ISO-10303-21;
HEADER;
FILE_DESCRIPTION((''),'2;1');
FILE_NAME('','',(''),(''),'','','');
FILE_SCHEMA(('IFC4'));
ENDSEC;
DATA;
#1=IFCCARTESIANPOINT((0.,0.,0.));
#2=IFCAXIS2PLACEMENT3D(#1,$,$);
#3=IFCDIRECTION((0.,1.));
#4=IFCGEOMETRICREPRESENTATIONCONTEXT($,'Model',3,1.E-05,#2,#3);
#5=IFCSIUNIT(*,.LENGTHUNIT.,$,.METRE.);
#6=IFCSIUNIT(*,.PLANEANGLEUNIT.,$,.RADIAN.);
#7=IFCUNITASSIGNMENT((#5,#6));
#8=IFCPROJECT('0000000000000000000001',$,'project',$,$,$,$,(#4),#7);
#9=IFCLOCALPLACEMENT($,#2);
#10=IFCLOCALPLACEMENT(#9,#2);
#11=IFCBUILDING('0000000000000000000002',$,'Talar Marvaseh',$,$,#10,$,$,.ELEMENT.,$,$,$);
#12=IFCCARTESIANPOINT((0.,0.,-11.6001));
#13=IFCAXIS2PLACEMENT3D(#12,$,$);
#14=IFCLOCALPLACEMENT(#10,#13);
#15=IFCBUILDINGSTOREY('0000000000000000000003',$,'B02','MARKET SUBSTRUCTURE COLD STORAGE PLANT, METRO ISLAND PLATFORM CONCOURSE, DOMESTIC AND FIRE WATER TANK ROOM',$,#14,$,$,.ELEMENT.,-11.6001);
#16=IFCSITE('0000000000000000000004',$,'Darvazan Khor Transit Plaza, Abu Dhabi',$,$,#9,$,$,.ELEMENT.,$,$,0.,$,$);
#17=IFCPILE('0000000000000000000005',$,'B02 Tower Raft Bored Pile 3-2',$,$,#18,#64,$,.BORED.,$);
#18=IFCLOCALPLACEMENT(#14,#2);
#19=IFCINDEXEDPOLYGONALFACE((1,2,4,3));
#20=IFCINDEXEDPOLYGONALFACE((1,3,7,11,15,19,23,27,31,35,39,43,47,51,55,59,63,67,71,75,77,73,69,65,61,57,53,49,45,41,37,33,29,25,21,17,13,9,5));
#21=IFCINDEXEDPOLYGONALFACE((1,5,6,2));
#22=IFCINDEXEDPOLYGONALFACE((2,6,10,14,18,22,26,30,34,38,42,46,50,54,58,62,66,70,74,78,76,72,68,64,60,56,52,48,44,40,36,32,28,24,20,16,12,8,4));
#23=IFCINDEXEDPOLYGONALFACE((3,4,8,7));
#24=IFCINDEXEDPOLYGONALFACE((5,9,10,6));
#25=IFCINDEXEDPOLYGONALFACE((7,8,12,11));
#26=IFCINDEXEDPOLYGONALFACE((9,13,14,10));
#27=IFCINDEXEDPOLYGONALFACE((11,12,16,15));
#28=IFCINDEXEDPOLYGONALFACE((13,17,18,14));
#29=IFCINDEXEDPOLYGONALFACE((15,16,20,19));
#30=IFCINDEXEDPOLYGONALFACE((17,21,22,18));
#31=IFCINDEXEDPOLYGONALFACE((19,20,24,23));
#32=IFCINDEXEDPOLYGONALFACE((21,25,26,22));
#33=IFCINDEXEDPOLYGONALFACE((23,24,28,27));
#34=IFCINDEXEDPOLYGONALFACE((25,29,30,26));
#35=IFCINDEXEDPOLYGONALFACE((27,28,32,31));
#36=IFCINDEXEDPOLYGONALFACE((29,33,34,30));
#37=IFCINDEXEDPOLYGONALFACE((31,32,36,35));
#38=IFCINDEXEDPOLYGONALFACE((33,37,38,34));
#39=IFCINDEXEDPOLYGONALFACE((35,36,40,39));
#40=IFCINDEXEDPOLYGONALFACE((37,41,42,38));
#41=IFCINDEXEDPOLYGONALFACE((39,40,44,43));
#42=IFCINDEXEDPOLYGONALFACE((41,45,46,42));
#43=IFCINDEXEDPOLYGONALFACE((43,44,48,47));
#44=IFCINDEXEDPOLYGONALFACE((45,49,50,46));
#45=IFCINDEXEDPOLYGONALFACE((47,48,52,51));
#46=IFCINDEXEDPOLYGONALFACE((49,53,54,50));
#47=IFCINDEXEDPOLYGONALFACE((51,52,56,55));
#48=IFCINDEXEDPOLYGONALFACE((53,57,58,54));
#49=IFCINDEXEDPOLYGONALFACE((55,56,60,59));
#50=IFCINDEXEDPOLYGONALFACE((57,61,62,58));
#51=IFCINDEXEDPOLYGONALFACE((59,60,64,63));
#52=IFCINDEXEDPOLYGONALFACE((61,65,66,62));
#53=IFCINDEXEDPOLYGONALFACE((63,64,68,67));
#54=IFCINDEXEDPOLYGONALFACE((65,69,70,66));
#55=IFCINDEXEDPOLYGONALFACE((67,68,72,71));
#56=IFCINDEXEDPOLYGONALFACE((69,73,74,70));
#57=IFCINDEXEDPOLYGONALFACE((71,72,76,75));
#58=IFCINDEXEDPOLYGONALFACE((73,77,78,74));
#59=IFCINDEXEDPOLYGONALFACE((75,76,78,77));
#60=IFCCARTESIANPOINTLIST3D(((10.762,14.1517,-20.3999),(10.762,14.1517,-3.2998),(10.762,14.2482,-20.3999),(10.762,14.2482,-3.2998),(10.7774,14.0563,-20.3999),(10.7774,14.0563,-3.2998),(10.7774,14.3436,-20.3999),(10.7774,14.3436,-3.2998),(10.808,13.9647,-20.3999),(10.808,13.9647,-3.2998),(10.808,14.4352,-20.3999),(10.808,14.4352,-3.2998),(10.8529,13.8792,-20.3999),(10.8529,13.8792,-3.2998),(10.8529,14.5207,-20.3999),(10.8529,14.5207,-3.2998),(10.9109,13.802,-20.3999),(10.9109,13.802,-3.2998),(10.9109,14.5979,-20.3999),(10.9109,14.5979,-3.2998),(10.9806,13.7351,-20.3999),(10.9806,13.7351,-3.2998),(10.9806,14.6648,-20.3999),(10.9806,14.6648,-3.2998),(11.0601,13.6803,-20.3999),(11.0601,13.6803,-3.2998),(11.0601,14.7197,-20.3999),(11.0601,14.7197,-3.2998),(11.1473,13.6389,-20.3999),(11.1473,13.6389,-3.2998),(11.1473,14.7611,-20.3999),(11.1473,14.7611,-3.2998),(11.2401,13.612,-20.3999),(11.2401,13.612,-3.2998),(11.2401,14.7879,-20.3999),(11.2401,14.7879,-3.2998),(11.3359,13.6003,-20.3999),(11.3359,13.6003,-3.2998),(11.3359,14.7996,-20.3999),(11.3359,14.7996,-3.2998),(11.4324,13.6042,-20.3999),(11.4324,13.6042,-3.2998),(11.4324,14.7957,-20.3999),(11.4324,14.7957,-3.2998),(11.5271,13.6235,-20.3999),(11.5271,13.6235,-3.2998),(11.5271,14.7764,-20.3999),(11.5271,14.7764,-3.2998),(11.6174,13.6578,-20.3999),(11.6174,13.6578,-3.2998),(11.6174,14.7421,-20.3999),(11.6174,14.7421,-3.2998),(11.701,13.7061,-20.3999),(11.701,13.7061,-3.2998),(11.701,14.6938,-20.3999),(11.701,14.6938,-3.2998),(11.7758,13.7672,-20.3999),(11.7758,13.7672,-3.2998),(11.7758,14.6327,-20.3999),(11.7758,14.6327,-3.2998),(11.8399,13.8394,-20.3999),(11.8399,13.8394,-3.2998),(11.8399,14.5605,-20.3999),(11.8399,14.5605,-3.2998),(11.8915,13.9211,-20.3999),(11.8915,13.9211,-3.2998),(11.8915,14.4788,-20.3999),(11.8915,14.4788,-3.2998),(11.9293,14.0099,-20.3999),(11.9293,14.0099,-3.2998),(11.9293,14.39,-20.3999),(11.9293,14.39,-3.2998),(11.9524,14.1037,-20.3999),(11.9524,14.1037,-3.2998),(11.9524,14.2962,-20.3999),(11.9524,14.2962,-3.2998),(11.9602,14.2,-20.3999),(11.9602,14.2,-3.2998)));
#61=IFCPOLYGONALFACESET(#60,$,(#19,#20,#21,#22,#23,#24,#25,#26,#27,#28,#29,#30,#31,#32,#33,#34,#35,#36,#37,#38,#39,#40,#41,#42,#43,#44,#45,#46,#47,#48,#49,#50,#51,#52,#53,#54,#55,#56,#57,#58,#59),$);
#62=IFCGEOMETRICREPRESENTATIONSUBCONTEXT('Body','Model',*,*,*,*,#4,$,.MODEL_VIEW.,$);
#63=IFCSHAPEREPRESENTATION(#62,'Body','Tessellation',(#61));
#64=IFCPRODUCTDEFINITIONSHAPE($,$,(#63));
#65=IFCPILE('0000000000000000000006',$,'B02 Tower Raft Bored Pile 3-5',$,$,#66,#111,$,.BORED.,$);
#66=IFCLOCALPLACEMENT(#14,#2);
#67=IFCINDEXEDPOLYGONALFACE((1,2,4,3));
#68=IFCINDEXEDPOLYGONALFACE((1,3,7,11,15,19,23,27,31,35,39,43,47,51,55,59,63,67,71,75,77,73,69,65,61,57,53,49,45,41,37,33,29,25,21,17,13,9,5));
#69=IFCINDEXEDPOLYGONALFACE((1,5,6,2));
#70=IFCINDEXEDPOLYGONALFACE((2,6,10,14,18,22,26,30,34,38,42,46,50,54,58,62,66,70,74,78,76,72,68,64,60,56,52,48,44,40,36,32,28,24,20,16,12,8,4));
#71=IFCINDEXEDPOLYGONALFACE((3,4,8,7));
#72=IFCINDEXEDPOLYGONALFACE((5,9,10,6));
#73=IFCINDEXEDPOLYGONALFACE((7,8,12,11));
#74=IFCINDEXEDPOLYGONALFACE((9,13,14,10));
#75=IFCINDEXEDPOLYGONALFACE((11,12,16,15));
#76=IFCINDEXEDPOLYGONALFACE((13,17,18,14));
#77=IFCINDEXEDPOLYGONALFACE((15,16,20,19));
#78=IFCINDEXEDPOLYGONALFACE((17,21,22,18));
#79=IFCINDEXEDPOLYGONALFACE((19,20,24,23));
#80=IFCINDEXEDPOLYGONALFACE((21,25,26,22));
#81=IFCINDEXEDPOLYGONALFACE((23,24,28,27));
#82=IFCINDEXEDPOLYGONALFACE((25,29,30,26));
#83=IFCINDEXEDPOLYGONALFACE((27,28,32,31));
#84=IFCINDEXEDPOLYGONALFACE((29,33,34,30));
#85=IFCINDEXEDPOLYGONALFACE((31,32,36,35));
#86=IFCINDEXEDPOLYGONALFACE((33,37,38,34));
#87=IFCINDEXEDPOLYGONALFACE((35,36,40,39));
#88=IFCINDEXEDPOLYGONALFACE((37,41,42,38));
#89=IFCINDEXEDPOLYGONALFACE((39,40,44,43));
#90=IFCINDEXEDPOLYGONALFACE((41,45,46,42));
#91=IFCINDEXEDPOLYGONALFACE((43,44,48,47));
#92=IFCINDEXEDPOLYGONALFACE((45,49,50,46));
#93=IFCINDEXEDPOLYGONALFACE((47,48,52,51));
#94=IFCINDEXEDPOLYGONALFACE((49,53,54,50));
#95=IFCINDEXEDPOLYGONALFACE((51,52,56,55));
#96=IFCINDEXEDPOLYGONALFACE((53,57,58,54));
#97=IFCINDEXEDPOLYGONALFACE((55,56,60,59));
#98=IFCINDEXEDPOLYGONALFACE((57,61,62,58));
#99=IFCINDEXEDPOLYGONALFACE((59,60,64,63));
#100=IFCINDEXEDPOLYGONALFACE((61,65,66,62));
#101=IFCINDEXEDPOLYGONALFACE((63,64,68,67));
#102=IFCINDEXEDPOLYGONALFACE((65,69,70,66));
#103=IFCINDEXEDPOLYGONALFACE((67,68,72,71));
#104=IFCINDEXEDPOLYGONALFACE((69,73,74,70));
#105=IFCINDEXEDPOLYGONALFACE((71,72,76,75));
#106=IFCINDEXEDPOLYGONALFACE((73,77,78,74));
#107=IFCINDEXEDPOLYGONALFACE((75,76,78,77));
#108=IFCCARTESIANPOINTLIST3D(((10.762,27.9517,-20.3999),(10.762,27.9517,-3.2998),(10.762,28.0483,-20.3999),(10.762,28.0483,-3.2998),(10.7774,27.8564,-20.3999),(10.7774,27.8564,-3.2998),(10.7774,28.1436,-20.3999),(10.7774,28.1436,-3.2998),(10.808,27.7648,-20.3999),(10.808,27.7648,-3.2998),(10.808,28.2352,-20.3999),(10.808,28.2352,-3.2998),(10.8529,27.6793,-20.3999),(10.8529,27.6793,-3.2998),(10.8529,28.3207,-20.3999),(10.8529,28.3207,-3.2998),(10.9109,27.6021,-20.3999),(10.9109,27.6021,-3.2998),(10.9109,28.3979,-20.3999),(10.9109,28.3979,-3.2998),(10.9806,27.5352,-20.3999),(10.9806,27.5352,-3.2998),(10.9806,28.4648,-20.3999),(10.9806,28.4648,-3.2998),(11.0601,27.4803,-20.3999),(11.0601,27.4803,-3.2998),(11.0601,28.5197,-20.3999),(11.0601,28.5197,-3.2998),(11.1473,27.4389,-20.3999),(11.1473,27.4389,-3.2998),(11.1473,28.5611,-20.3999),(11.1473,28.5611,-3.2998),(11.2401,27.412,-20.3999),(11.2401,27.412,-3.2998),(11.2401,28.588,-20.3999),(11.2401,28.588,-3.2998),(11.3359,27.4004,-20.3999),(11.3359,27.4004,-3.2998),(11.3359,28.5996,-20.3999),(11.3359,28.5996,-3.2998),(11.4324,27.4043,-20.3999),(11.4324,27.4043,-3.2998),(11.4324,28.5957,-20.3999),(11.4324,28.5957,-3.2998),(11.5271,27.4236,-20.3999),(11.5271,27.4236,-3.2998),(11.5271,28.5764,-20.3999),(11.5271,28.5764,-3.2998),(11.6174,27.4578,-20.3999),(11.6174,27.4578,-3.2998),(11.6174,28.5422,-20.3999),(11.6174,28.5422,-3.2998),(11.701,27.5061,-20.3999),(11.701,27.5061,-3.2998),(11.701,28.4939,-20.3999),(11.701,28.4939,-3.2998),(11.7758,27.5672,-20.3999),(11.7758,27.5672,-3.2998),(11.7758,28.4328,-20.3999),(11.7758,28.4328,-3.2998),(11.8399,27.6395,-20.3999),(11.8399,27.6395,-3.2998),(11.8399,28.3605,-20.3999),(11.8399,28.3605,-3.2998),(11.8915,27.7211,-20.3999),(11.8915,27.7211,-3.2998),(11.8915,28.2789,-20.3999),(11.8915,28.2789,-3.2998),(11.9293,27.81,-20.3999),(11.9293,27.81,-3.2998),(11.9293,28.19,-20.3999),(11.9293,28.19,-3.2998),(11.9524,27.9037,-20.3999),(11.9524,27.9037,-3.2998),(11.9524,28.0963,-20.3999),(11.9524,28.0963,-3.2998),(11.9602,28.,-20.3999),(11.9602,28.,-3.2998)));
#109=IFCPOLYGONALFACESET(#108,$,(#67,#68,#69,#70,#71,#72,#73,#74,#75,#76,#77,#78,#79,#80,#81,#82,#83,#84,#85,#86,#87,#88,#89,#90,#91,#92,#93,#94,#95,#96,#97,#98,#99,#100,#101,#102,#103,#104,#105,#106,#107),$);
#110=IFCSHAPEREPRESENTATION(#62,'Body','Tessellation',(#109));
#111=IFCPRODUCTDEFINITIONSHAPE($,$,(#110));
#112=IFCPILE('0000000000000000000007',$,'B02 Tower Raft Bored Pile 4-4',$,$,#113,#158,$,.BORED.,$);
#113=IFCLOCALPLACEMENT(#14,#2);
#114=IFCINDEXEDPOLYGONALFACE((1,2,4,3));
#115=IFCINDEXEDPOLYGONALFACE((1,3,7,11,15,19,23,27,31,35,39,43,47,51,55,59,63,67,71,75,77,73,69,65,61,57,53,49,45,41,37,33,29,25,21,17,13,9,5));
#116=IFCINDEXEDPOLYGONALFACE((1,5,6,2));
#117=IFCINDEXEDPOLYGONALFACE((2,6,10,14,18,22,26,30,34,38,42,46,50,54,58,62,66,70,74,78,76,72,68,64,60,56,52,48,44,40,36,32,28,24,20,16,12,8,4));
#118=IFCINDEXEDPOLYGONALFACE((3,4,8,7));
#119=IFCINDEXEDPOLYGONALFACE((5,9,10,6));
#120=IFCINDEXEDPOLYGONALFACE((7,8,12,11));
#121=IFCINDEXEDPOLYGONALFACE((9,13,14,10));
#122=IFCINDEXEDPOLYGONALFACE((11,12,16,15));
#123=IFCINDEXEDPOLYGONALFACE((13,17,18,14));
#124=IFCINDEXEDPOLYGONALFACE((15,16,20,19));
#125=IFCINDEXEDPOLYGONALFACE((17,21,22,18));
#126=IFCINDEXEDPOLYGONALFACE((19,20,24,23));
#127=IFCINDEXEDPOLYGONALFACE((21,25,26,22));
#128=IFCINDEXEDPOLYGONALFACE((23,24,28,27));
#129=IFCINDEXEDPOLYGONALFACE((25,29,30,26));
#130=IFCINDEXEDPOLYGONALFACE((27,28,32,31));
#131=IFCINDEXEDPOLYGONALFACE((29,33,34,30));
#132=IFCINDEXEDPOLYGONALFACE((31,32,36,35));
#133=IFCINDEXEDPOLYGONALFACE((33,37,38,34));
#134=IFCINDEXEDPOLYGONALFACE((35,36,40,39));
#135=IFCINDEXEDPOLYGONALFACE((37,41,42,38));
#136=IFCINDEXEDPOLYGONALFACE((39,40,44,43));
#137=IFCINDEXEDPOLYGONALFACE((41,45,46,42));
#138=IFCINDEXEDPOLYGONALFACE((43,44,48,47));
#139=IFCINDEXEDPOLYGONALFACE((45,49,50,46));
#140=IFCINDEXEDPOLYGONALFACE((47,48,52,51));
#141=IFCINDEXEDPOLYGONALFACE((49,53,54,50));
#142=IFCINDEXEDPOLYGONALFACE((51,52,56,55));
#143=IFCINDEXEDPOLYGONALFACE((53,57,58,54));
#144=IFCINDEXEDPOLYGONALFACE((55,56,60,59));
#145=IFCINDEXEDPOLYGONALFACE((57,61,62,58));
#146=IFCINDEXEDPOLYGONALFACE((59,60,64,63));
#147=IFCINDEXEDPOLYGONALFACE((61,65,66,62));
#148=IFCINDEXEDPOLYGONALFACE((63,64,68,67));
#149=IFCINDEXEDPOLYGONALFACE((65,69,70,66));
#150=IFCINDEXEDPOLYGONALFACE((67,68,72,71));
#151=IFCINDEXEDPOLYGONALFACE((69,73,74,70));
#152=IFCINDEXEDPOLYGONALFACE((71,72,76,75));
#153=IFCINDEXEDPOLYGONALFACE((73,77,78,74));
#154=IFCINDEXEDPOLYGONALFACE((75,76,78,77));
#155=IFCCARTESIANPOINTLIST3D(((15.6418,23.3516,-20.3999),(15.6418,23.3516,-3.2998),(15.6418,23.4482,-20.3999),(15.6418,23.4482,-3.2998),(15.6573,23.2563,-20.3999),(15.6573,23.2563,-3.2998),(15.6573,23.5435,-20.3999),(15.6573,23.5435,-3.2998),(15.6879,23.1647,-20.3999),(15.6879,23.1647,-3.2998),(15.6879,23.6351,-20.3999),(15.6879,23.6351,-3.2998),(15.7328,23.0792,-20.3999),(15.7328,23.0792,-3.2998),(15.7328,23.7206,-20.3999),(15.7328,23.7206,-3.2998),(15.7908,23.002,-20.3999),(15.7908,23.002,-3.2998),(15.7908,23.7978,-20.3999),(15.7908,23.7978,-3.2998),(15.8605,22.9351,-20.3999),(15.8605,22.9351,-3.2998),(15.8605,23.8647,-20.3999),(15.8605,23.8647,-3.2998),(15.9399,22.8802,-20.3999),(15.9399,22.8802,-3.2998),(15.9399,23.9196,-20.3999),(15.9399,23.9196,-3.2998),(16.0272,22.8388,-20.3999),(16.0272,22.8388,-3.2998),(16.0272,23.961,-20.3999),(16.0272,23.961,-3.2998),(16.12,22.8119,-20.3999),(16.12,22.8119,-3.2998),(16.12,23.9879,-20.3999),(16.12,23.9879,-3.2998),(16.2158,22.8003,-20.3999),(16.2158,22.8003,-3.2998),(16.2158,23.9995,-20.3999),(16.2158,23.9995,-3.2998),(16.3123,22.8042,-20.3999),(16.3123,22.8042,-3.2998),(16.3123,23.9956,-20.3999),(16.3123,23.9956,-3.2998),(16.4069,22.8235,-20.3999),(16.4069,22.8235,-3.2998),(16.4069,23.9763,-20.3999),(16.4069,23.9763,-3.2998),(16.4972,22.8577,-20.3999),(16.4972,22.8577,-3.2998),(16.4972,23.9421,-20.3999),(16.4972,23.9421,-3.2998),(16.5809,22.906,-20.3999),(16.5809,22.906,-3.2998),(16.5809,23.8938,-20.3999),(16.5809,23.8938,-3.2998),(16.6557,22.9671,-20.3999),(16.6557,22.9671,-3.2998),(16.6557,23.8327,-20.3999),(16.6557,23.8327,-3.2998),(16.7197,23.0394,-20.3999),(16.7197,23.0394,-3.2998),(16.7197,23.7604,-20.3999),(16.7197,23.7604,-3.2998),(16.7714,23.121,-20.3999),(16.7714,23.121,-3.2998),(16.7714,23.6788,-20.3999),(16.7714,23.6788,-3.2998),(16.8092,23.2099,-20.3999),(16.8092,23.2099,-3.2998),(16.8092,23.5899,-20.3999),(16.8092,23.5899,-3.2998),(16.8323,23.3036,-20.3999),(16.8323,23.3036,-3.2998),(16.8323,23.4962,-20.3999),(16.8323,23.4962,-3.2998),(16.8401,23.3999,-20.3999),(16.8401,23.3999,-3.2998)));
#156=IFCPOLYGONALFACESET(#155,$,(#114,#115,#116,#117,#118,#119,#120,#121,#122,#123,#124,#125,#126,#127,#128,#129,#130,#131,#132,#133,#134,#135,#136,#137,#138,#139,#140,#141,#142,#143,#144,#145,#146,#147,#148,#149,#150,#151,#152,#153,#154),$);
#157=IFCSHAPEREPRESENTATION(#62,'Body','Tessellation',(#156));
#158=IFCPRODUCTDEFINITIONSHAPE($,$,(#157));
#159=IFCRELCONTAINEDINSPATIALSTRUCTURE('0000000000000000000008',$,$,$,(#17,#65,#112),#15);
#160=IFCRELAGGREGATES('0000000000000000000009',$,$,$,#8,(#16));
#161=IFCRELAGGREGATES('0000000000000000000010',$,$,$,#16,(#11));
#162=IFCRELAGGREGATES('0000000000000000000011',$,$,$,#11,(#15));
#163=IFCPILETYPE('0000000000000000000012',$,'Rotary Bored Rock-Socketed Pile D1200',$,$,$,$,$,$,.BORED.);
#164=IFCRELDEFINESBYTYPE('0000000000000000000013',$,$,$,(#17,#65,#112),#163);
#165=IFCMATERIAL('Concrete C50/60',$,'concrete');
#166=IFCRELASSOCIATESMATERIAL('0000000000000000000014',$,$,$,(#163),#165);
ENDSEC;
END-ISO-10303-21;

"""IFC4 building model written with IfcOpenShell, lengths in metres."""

from ifc_helpers import new_model, si_unit, direction, frame, origin, origin_2d, place, context, subcontext, project, spatial, circle, extrude, source, transform, mapped, material, material_profile, profile_set, type_object, type_shapes, element, save


model = new_model("IFC4")

# Units and contexts
model_context = context("Model", 3, precision=1e-05, world=origin(), true_north=direction((0.0, 1.0)))
body_context = subcontext(model_context, "Body", "Model", "MODEL_VIEW")
ifc_project = project(units=[si_unit("LENGTHUNIT", "METRE"), si_unit("PLANEANGLEUNIT", "RADIAN")], contexts=[model_context])

# Site, building, storey
site_placement = place(None, origin())
site = spatial("IfcSite", under=ifc_project, at=site_placement, Name="Darvazan Khor Transit Plaza, Abu Dhabi", CompositionType="ELEMENT", RefElevation=0.0)
building_placement = place(site_placement, origin())
building = spatial("IfcBuilding", under=site, at=building_placement, Name="Talar Marvaseh", CompositionType="ELEMENT")
storey_placement = place(building_placement, frame((0.0, 0.0, -11.6001)))
storey = spatial("IfcBuildingStorey", under=building, at=storey_placement, Name="B02", Description="MARKET SUBSTRUCTURE COLD STORAGE PLANT, METRO ISLAND PLATFORM CONCOURSE, DOMESTIC AND FIRE WATER TANK ROOM", CompositionType="ELEMENT", Elevation=-11.6001)

# Piles
ifc_material_1 = material(Name="Concrete C50/60", Category="concrete")
ifc_material_profile_1 = material_profile(ifc_material_1, circle(Radius=0.6001, at=origin_2d()), Name="PILE-D1200")
ifc_profile_set_1 = profile_set([ifc_material_profile_1], Name="Concrete C50/60")
pile_type_1 = type_object("IfcPileType", Name="Rotary Bored Rock-Socketed Pile D1200", PredefinedType="BORED", material=ifc_profile_set_1)
shared_shape_1 = source(origin(), body_context, "Body", "SweptSolid", [
    extrude(circle(Radius=0.6001, at=origin_2d()), origin(), (0.0, 0.0, 1.0), 17.1001),
])
type_shapes(pile_type_1, [shared_shape_1])
for number, where, z_axis, x_axis, name in (
    (1, (11.3601, 14.2, -3.2998), (0.0, 0.0, -1.0), (1.0, 0.0, 0.0), "B02 Tower Raft Bored Pile 3-2"),
    (2, (11.3601, 28.0, -3.2998), (0.0, 0.0, -1.0), (1.0, 0.0, 0.0), "B02 Tower Raft Bored Pile 3-5"),
    (3, (16.24, 23.3999, -3.2998), (0.0, 0.0, -1.0), (1.0, 0.0, 0.0), "B02 Tower Raft Bored Pile 4-4"),
):
    element("IfcPile", number, at=place(storey_placement, frame(where, z_axis=z_axis, x_axis=x_axis)), inside=storey, type_object=pile_type_1, Name=name, PredefinedType="BORED", context=body_context, shape_type="MappedRepresentation", body=[
        mapped(shared_shape_1, transform((0.0, 0.0, 0.0), x_axis=(1.0, 0.0, 0.0), y_axis=(0.0, 1.0, 0.0), z_axis=(0.0, 0.0, 1.0), scale=1.0)),
    ])

save(model, "model.ifc")
